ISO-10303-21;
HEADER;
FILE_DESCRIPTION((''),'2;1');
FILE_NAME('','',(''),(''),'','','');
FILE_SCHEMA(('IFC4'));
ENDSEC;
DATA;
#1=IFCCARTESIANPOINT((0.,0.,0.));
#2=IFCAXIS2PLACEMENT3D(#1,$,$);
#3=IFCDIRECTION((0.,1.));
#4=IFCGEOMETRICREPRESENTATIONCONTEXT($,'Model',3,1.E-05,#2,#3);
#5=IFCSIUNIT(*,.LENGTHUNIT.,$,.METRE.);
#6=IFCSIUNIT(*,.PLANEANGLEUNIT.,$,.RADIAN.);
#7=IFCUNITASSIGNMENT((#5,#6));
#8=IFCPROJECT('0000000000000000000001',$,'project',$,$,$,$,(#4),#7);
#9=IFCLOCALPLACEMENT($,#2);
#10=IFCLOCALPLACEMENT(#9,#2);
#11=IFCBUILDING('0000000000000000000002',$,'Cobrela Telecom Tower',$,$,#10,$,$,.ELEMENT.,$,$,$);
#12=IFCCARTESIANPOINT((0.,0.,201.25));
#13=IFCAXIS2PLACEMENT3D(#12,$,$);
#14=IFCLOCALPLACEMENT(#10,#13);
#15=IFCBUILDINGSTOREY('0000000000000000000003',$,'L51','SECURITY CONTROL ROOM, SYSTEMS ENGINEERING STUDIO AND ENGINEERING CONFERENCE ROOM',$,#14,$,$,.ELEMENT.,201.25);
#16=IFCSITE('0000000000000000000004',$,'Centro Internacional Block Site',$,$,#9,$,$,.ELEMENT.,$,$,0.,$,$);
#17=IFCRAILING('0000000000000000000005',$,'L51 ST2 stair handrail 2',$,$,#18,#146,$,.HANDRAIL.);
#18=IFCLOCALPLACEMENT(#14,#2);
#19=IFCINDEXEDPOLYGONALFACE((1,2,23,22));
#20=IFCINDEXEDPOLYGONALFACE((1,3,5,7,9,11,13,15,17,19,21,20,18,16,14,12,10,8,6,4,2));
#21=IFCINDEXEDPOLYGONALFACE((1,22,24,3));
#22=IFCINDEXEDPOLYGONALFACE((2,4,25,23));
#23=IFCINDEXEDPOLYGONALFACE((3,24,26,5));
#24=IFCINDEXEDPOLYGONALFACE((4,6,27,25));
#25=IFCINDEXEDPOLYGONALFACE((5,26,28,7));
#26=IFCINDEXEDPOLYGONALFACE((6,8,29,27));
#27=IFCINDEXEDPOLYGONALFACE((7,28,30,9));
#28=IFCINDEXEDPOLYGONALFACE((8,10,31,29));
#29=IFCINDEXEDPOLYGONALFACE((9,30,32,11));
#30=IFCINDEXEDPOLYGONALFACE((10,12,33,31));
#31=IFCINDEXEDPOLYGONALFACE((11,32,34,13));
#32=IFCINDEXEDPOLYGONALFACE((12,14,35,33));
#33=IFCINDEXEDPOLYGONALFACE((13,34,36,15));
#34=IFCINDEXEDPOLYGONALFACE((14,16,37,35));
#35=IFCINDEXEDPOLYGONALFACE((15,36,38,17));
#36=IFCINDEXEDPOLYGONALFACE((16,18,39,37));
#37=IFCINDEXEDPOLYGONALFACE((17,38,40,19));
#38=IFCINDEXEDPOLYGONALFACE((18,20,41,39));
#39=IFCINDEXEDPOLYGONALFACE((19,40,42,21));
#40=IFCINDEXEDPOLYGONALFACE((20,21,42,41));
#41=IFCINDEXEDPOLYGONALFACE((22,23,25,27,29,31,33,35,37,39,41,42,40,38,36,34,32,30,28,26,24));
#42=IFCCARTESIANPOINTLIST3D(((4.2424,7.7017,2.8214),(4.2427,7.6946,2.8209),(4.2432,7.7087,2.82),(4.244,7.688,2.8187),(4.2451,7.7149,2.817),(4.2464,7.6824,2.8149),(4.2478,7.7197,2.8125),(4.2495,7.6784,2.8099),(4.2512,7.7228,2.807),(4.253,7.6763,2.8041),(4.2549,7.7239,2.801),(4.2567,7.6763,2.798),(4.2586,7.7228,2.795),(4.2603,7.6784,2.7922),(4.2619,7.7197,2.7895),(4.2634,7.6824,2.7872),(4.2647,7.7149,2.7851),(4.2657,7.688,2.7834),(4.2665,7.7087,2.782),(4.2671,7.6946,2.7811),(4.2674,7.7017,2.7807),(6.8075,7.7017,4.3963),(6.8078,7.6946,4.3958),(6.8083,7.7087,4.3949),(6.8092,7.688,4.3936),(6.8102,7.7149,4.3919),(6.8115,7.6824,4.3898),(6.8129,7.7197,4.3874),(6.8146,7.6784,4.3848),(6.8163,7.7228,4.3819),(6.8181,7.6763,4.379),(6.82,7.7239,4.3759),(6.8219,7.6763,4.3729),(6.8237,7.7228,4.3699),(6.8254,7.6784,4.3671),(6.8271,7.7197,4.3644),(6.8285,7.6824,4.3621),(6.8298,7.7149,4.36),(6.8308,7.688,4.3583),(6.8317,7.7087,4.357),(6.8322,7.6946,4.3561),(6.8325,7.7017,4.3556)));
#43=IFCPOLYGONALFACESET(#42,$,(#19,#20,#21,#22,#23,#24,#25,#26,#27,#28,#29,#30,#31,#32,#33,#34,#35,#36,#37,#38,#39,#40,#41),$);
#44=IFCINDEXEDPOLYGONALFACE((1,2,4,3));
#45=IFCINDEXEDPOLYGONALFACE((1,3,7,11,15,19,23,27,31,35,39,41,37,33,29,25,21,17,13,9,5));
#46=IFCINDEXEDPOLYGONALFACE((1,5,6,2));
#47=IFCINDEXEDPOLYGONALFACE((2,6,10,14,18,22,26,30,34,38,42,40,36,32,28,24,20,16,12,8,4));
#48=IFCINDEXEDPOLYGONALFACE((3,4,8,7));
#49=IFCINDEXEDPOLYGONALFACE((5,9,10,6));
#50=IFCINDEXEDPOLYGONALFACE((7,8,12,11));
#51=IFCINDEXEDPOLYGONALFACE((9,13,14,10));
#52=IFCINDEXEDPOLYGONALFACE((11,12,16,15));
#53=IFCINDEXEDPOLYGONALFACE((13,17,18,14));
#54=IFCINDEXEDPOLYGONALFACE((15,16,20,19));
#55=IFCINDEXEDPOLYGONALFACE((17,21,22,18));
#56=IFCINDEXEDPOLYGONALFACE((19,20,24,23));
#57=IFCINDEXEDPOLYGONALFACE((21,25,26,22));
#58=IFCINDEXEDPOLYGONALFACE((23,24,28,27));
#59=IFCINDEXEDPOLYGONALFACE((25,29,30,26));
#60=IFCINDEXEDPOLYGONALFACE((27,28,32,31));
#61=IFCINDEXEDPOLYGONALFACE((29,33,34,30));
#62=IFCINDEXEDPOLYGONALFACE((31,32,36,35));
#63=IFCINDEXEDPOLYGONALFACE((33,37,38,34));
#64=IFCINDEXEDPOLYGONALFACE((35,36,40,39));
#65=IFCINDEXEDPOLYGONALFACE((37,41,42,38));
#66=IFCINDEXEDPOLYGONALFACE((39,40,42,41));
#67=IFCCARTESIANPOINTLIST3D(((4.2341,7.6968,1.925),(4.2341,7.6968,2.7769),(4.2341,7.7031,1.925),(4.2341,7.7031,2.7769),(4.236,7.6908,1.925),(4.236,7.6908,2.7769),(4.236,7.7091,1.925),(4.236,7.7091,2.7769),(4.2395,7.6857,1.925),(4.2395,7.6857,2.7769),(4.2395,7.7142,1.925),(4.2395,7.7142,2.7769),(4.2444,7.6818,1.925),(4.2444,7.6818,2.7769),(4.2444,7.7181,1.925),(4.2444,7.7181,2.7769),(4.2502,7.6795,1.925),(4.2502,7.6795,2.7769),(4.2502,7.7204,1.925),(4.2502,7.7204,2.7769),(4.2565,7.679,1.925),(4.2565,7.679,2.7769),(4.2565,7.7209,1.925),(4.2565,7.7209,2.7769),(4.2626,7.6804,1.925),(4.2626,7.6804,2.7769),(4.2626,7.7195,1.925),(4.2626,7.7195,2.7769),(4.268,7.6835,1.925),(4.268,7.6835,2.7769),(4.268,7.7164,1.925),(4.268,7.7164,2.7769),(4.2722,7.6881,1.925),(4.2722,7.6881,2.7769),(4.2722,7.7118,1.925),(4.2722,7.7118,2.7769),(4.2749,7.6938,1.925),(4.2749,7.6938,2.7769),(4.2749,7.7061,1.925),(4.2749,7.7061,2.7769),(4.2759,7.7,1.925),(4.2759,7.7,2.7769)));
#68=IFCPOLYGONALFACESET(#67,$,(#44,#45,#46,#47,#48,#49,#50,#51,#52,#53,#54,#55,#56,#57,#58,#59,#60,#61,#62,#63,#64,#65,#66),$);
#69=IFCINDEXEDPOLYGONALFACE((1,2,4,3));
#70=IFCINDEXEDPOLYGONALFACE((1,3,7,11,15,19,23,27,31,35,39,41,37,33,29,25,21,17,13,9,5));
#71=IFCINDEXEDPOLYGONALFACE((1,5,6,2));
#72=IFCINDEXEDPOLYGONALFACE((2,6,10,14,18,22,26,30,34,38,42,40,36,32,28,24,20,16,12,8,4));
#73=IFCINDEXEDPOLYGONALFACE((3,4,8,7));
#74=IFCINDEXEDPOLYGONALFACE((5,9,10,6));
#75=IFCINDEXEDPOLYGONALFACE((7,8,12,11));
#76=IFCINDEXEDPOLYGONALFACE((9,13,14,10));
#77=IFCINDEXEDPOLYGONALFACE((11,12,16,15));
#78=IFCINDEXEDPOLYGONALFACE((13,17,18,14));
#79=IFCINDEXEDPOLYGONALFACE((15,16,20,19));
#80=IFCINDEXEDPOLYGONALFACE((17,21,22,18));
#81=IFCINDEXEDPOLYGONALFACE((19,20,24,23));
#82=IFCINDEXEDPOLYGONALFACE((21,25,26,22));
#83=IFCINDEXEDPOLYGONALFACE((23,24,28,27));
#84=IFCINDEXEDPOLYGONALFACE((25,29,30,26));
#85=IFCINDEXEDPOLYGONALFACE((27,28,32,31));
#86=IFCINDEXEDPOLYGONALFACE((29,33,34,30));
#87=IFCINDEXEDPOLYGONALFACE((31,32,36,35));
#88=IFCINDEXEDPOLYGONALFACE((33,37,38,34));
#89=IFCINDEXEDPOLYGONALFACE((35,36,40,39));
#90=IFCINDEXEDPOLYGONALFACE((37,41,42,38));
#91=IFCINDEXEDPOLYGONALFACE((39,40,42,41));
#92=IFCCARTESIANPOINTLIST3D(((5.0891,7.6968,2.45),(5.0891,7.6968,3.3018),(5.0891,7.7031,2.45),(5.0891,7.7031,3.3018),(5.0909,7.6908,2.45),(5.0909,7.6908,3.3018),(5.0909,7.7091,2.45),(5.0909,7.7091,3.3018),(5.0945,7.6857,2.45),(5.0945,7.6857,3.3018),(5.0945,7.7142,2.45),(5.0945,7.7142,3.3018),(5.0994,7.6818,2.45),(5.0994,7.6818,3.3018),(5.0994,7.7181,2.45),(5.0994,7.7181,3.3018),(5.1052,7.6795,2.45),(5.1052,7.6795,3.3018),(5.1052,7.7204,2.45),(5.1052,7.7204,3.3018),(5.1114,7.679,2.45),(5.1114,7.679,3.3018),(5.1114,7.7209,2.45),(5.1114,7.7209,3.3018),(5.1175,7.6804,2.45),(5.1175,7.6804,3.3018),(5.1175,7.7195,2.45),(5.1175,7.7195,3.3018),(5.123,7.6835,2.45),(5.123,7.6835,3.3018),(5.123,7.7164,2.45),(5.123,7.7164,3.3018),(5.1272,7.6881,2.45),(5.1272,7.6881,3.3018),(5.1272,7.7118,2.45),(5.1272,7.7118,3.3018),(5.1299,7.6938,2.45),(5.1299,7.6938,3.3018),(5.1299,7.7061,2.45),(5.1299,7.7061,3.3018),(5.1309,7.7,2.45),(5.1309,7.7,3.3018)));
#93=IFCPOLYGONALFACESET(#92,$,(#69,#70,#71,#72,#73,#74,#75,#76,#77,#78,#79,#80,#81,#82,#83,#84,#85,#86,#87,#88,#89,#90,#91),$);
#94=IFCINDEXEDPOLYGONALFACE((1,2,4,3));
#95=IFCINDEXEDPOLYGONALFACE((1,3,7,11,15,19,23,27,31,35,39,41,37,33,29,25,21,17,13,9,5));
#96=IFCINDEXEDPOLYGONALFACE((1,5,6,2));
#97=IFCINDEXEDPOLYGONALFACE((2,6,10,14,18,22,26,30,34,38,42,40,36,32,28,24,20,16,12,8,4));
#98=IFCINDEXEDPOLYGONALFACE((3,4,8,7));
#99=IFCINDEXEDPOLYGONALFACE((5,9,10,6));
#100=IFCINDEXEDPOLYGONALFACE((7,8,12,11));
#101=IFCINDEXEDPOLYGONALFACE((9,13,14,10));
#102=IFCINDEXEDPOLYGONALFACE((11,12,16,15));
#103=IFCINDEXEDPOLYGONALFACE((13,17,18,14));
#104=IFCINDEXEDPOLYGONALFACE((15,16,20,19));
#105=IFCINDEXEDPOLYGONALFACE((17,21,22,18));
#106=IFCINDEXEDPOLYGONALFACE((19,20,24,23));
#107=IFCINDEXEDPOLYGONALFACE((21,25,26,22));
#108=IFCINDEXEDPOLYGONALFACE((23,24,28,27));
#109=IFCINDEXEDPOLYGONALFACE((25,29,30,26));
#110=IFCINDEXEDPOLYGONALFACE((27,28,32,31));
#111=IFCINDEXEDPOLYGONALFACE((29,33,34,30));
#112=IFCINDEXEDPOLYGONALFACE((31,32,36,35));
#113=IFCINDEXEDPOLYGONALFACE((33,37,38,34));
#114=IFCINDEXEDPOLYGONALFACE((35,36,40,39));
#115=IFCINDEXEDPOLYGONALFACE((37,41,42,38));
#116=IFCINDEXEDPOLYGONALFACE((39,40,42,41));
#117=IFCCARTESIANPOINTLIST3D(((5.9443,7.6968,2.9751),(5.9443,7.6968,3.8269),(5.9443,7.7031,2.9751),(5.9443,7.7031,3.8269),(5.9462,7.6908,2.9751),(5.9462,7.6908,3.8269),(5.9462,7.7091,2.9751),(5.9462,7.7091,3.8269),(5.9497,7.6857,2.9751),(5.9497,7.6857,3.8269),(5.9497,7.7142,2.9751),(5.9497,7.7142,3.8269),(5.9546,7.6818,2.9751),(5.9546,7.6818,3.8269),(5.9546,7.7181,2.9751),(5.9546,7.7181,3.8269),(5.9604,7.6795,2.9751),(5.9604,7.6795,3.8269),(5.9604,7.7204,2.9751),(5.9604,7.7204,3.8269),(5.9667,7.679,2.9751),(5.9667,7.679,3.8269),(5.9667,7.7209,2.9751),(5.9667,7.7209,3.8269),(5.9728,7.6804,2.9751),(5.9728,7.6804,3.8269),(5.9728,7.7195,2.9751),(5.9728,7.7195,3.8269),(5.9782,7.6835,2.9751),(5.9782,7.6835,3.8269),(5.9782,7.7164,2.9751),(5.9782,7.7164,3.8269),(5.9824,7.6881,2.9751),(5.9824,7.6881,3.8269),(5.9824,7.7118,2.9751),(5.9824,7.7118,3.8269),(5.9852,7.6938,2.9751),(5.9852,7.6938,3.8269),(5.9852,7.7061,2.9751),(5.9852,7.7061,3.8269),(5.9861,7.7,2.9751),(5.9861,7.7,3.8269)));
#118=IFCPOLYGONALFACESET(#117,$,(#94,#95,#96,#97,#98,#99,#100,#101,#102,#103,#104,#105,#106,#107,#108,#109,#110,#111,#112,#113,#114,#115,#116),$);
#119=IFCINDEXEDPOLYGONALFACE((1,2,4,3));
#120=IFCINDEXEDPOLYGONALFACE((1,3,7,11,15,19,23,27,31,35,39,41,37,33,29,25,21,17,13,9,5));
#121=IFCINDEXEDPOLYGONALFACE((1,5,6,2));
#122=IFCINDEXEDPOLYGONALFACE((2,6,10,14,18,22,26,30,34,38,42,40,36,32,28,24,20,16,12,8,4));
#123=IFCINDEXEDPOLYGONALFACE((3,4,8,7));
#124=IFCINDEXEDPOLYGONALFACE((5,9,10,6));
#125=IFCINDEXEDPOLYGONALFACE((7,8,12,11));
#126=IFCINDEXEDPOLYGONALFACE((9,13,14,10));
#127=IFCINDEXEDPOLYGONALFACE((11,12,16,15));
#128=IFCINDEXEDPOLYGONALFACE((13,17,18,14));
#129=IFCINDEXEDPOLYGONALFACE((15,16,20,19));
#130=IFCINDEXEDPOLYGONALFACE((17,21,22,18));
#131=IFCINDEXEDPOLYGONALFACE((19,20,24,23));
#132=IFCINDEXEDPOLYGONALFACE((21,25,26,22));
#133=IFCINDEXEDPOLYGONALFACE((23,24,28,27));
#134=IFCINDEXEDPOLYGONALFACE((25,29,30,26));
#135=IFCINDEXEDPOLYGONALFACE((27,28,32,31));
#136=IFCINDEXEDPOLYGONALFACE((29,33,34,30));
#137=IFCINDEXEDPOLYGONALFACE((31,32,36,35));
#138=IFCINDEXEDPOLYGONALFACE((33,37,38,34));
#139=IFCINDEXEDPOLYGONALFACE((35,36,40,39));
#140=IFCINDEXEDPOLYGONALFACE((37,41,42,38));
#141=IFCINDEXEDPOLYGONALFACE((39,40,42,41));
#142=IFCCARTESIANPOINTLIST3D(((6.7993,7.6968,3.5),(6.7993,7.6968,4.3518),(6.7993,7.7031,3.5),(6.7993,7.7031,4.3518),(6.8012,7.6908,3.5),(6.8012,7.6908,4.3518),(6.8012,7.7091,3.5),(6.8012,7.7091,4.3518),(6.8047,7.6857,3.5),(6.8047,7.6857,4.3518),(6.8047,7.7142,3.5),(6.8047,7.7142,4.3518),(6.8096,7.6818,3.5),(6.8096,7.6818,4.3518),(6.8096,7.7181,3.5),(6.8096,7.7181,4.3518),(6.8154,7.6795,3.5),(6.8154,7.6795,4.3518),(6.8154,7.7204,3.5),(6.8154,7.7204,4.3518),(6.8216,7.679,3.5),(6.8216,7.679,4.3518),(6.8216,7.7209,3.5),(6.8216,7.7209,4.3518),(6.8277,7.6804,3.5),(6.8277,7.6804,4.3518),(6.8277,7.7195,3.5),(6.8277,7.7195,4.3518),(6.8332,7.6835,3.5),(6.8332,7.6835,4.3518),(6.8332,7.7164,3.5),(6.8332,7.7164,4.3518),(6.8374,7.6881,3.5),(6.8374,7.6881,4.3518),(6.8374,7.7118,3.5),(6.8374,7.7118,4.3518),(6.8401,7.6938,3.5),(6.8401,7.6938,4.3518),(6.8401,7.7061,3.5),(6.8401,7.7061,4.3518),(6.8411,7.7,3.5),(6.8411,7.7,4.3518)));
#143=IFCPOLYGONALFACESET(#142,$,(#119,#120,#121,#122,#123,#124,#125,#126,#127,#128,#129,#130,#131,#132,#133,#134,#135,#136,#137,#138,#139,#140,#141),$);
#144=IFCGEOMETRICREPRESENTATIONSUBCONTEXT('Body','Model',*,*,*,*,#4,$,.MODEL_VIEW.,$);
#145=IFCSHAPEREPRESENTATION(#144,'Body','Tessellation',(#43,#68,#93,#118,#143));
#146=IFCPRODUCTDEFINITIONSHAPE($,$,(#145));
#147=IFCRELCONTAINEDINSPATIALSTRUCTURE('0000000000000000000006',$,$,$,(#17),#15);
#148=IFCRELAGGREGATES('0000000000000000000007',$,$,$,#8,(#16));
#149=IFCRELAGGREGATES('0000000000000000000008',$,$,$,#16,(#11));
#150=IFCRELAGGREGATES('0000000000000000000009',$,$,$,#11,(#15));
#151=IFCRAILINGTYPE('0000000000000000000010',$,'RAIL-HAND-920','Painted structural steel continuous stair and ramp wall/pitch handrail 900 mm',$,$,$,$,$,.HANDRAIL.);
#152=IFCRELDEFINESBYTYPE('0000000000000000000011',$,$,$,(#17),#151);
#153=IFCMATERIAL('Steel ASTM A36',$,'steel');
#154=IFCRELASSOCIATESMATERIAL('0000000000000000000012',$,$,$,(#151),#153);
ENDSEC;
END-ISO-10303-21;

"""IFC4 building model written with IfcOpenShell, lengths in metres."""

from ifc_helpers import new_model, si_unit, direction, frame, origin, origin_2d, place, context, subcontext, project, spatial, circle, extrude, material, type_object, element, save


model = new_model("IFC4")

# Units and contexts
model_context = context("Model", 3, precision=1e-05, world=origin(), true_north=direction((0.0, 1.0)))
body_context = subcontext(model_context, "Body", "Model", "MODEL_VIEW")
ifc_project = project(units=[si_unit("LENGTHUNIT", "METRE"), si_unit("PLANEANGLEUNIT", "RADIAN")], contexts=[model_context])

# Site, building, storey
site_placement = place(None, origin())
site = spatial("IfcSite", under=ifc_project, at=site_placement, Name="Centro Internacional Block Site", CompositionType="ELEMENT", RefElevation=0.0)
building_placement = place(site_placement, origin())
building = spatial("IfcBuilding", under=site, at=building_placement, Name="Cobrela Telecom Tower", CompositionType="ELEMENT")
storey_placement = place(building_placement, frame((0.0, 0.0, 201.25)))
storey = spatial("IfcBuildingStorey", under=building, at=storey_placement, Name="L51", Description="SECURITY CONTROL ROOM, SYSTEMS ENGINEERING STUDIO AND ENGINEERING CONFERENCE ROOM", CompositionType="ELEMENT", Elevation=201.25)

# Railing
ifc_material_1 = material(Name="Steel ASTM A36", Category="steel")
railing_type_1 = type_object("IfcRailingType", Name="RAIL-HAND-920", Description="Painted structural steel continuous stair and ramp wall/pitch handrail 900 mm", PredefinedType="HANDRAIL", material=ifc_material_1)
railing_1_placement = place(storey_placement, frame((4.2549, 7.7, 1.925)))
element("IfcRailing", 1, at=railing_1_placement, inside=storey, type_object=railing_type_1, Name="L51 ST2 stair handrail 2", PredefinedType="HANDRAIL", context=body_context, shape_type="SweptSolid", body=[
    extrude(circle(Radius=0.0239, at=origin_2d()), frame((0.0, 0.0, 0.876), z_axis=(0.852195, 0.0, 0.523224), x_axis=(0.0, 1.0, 0.0)), (0.0, 0.0, 1.0), 3.01),
    extrude(circle(Radius=0.021, at=origin_2d()), origin(), (0.0, 0.0, 1.0), 0.8518),
    extrude(circle(Radius=0.021, at=origin_2d()), frame((0.855, 0.0, 0.5249)), (0.0, 0.0, 1.0), 0.8518),
    extrude(circle(Radius=0.021, at=origin_2d()), frame((1.7102, 0.0, 1.05)), (0.0, 0.0, 1.0), 0.8518),
    extrude(circle(Radius=0.021, at=origin_2d()), frame((2.5652, 0.0, 1.575)), (0.0, 0.0, 1.0), 0.8518),
])

save(model, "model.ifc")
